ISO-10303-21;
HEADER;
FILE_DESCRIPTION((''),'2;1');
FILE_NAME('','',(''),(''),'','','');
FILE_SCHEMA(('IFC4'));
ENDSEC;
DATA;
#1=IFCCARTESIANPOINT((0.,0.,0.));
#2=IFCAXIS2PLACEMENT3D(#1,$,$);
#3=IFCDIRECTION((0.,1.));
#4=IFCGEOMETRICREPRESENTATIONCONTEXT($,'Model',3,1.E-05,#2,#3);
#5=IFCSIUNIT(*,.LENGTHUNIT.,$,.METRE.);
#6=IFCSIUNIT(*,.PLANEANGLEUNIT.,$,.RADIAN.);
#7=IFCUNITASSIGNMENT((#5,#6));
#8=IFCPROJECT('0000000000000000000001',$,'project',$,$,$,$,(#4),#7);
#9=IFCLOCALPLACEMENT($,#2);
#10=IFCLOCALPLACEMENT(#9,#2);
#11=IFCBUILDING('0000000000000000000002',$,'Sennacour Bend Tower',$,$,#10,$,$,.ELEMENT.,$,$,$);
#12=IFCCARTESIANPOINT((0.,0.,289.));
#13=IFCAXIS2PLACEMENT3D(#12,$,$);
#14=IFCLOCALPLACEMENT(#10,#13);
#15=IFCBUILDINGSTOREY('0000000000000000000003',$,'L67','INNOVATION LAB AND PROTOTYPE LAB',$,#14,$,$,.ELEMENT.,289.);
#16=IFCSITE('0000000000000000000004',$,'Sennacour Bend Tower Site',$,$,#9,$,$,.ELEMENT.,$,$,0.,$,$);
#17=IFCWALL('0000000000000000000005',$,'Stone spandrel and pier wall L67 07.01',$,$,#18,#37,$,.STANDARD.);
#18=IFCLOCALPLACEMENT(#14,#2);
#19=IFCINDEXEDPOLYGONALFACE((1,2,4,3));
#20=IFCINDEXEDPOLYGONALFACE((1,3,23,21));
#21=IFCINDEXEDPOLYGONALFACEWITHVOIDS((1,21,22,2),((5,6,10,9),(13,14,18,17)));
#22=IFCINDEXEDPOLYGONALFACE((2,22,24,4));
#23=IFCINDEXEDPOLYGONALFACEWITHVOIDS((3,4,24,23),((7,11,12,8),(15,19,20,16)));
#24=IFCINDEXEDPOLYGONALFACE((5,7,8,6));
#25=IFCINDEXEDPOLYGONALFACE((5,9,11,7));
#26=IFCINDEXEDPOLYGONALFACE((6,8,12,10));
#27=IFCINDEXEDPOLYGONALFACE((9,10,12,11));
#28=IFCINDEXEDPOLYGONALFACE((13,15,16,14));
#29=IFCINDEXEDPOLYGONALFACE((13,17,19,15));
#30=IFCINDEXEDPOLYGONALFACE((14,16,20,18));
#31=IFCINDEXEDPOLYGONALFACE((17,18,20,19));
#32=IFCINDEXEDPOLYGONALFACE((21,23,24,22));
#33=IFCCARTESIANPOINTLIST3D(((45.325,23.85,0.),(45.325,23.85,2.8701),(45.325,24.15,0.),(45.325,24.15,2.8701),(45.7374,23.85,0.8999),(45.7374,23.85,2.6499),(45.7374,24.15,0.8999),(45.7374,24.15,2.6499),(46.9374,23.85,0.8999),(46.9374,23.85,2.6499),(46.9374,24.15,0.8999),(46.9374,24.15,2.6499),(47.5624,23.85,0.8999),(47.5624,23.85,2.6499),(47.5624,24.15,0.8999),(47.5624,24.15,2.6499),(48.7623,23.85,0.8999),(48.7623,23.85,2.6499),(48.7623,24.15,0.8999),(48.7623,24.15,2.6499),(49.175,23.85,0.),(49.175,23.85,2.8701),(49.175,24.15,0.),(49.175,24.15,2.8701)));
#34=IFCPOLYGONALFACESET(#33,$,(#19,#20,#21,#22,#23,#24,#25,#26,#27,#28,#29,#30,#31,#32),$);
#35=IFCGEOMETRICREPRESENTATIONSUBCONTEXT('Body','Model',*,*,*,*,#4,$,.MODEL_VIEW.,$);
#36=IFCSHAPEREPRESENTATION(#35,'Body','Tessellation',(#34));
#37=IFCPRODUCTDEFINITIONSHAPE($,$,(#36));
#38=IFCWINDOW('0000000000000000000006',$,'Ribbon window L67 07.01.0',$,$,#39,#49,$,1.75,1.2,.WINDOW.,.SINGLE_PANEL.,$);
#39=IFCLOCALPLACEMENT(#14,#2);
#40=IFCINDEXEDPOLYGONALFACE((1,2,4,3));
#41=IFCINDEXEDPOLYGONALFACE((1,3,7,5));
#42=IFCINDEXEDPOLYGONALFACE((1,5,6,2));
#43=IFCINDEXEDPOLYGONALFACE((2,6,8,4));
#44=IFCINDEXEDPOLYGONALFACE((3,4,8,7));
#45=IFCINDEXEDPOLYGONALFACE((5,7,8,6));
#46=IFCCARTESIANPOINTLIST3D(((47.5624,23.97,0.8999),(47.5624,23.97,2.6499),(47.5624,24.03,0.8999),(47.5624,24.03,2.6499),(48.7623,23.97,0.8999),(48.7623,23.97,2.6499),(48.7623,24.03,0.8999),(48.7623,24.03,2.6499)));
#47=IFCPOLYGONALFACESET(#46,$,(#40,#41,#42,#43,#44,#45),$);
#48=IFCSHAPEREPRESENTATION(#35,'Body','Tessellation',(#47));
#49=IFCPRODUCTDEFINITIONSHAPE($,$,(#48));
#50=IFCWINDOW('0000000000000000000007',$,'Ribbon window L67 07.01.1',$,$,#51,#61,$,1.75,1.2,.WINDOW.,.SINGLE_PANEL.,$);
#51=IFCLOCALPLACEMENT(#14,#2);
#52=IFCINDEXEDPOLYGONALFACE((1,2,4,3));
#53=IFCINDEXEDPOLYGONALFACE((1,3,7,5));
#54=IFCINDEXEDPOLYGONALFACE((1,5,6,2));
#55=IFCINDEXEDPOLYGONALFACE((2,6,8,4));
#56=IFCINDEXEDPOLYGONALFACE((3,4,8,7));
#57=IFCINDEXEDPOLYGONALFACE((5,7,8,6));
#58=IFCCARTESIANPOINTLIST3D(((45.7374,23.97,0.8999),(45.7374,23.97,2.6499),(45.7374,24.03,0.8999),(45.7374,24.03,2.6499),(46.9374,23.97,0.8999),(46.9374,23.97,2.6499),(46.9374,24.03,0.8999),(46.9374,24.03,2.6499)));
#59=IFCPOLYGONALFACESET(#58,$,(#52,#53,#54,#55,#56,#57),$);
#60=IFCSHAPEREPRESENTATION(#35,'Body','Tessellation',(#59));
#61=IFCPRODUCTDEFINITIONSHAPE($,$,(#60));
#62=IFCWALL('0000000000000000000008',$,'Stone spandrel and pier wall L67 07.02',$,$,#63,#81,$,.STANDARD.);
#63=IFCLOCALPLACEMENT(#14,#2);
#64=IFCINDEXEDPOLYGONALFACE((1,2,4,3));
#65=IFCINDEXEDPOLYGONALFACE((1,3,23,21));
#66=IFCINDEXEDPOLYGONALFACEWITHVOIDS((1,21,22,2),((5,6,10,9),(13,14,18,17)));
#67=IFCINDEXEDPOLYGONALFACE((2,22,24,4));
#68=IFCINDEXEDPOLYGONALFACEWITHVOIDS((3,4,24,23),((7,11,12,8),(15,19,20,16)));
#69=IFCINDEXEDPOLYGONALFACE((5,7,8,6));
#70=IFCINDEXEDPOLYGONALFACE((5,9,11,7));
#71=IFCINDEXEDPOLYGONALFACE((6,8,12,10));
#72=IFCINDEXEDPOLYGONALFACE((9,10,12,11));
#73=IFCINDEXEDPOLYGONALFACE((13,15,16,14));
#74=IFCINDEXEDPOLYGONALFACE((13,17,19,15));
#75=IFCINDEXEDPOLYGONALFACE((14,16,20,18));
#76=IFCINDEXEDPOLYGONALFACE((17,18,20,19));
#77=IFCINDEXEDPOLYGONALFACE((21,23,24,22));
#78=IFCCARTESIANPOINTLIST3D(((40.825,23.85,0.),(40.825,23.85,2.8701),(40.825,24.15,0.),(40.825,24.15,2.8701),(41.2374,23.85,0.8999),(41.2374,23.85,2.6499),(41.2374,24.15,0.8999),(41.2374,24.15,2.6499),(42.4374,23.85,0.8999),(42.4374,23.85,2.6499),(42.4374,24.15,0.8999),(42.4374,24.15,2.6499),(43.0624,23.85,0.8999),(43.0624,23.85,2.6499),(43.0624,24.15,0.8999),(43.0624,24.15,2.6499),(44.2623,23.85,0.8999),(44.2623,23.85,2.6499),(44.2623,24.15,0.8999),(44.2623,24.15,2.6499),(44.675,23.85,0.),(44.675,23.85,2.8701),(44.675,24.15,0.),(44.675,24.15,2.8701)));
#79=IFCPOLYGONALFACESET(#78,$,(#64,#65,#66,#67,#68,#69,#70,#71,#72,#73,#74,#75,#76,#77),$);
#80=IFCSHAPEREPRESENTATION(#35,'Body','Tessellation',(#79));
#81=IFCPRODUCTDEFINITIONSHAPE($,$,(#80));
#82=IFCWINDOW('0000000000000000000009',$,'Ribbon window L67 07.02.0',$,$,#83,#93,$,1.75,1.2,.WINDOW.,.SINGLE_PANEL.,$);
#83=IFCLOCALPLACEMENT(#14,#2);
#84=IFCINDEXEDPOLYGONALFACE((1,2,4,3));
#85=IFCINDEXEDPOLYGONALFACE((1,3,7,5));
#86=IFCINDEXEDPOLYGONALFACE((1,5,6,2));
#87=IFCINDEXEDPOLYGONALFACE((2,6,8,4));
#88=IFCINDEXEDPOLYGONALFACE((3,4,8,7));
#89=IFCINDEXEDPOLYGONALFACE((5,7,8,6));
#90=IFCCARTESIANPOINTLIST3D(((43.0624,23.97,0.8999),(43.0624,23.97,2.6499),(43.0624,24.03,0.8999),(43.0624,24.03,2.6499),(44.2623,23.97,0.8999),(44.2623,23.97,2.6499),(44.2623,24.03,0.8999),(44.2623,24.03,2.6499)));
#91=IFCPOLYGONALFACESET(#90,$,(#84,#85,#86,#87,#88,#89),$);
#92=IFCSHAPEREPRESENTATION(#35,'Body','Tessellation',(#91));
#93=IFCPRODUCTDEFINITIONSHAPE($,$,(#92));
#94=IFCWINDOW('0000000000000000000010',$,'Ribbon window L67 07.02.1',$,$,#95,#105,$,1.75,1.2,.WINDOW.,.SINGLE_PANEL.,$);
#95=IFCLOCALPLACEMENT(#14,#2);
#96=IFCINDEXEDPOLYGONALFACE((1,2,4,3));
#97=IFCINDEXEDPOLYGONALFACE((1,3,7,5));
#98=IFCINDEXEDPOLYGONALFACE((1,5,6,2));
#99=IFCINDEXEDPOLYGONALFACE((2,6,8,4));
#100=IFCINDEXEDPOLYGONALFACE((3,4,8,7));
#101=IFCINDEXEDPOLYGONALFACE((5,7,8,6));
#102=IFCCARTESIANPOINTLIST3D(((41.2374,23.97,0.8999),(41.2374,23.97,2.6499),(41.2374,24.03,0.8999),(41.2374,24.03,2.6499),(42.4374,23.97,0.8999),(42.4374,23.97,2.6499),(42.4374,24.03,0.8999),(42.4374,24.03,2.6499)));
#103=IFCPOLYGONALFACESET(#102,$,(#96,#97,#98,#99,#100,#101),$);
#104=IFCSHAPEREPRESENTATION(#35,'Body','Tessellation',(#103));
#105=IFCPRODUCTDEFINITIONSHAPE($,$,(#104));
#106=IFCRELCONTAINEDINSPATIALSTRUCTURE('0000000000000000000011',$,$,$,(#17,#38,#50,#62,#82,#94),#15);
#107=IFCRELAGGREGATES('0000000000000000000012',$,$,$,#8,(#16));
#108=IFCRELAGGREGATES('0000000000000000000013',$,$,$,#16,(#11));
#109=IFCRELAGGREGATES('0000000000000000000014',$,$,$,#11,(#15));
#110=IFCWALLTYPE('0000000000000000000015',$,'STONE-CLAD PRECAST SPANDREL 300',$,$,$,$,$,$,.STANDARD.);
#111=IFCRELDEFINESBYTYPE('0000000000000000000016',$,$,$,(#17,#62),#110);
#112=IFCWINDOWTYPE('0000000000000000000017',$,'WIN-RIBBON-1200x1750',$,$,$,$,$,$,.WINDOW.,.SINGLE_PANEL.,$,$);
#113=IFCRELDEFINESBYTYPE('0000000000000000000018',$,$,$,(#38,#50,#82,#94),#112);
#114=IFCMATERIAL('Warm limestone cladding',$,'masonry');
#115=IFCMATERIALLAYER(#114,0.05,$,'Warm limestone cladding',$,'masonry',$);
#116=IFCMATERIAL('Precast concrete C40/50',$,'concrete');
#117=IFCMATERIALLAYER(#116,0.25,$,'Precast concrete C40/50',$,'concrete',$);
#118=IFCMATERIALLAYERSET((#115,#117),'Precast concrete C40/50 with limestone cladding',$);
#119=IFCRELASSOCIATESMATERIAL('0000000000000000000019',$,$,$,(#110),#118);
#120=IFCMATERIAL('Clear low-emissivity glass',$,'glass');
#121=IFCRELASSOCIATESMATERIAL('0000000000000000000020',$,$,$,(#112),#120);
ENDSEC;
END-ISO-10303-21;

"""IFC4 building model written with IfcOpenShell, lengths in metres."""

from ifc_helpers import new_model, si_unit, direction, frame, frame_2d, origin, place, context, subcontext, project, spatial, rectangle, extrude, material, layer, layer_set, type_object, element, fill, save


model = new_model("IFC4")

# Units and contexts
model_context = context("Model", 3, precision=1e-05, world=origin(), true_north=direction((0.0, 1.0)))
body_context = subcontext(model_context, "Body", "Model", "MODEL_VIEW")
ifc_project = project(units=[si_unit("LENGTHUNIT", "METRE"), si_unit("PLANEANGLEUNIT", "RADIAN")], contexts=[model_context])

# Site, building, storey
site_placement = place(None, origin())
site = spatial("IfcSite", under=ifc_project, at=site_placement, Name="Sennacour Bend Tower Site", CompositionType="ELEMENT", RefElevation=0.0)
building_placement = place(site_placement, origin())
building = spatial("IfcBuilding", under=site, at=building_placement, Name="Sennacour Bend Tower", CompositionType="ELEMENT")
storey_placement = place(building_placement, frame((0.0, 0.0, 289.0)))
storey = spatial("IfcBuildingStorey", under=building, at=storey_placement, Name="L67", Description="INNOVATION LAB AND PROTOTYPE LAB", CompositionType="ELEMENT", Elevation=289.0)

# Shared definitions
ifc_material_1 = material(Name="Warm limestone cladding", Category="masonry")
ifc_layer_1 = layer(ifc_material_1, 0.05, Name="Warm limestone cladding", Category="masonry")
ifc_material_2 = material(Name="Precast concrete C40/50", Category="concrete")
ifc_layer_2 = layer(ifc_material_2, 0.25, Name="Precast concrete C40/50", Category="concrete")
ifc_layer_set_1 = layer_set([ifc_layer_1, ifc_layer_2], Name="Precast concrete C40/50 with limestone cladding")
wall_type_1 = type_object("IfcWallType", Name="STONE-CLAD PRECAST SPANDREL 300", PredefinedType="STANDARD", material=ifc_layer_set_1)

# Walls, openings, windows
ifc_material_3 = material(Name="Clear low-emissivity glass", Category="glass")
window_type = type_object("IfcWindowType", Name="WIN-RIBBON-1200x1750", PartitioningType="SINGLE_PANEL", PredefinedType="WINDOW", material=ifc_material_3)
wall_1_placement = place(storey_placement, frame((49.175, 24.0, 0.0), z_axis=(0.0, 0.0, 1.0), x_axis=(-1.0, 0.0, 0.0)))
wall_1 = element("IfcWall", 1, at=wall_1_placement, inside=storey, type_object=wall_type_1, Name="Stone spandrel and pier wall L67 07.01", PredefinedType="STANDARD", context=body_context, shape_type="SweptSolid", body=[
    extrude(rectangle(XDim=3.8501, YDim=0.3, at=frame_2d((1.925, 0.0))), origin(), (0.0, 0.0, 1.0), 2.8701),
])
opening_1_placement = place(wall_1_placement, frame((0.4126, 0.0, 0.8999)))
opening_1 = element("IfcOpeningElement", 2, at=opening_1_placement, cuts=wall_1, PredefinedType="OPENING", context=body_context, shape_type="SweptSolid", body=[
    extrude(rectangle(XDim=1.2, YDim=1.75, at=frame_2d((0.6001, 0.875))), frame((0.0, 0.1602, 0.0), z_axis=(0.0, -1.0, 0.0), x_axis=(1.0, 0.0, 0.0)), (0.0, 0.0, 1.0), 0.3201),
])
opening_2_placement = place(wall_1_placement, frame((2.2375, 0.0, 0.8999)))
opening_2 = element("IfcOpeningElement", 3, at=opening_2_placement, cuts=wall_1, PredefinedType="OPENING", context=body_context, shape_type="SweptSolid", body=[
    extrude(rectangle(XDim=1.2, YDim=1.75, at=frame_2d((0.6001, 0.875))), frame((0.0, 0.1602, 0.0), z_axis=(0.0, -1.0, 0.0), x_axis=(1.0, 0.0, 0.0)), (0.0, 0.0, 1.0), 0.3201),
])
window_1_placement = place(opening_1_placement, origin())
window_1 = element("IfcWindow", 4, at=window_1_placement, inside=storey, type_object=window_type, Name="Ribbon window L67 07.01.0", OverallHeight=1.75, OverallWidth=1.2, PartitioningType="SINGLE_PANEL", PredefinedType="WINDOW", context=body_context, shape_type="SweptSolid", body=[
    extrude(rectangle(XDim=1.2, YDim=1.75, at=frame_2d((0.6001, 0.875))), frame((0.0, 0.03, 0.0), z_axis=(0.0, -1.0, 0.0), x_axis=(1.0, 0.0, 0.0)), (0.0, 0.0, 1.0), 0.0601),
])
fill(opening_1, window_1)
window_2_placement = place(opening_2_placement, origin())
window_2 = element("IfcWindow", 5, at=window_2_placement, inside=storey, type_object=window_type, Name="Ribbon window L67 07.01.1", OverallHeight=1.75, OverallWidth=1.2, PartitioningType="SINGLE_PANEL", PredefinedType="WINDOW", context=body_context, shape_type="SweptSolid", body=[
    extrude(rectangle(XDim=1.2, YDim=1.75, at=frame_2d((0.6001, 0.875))), frame((0.0, 0.03, 0.0), z_axis=(0.0, -1.0, 0.0), x_axis=(1.0, 0.0, 0.0)), (0.0, 0.0, 1.0), 0.0601),
])
fill(opening_2, window_2)
wall_2_placement = place(storey_placement, frame((44.675, 24.0, 0.0), z_axis=(0.0, 0.0, 1.0), x_axis=(-1.0, 0.0, 0.0)))
wall_2 = element("IfcWall", 6, at=wall_2_placement, inside=storey, type_object=wall_type_1, Name="Stone spandrel and pier wall L67 07.02", PredefinedType="STANDARD", context=body_context, shape_type="SweptSolid", body=[
    extrude(rectangle(XDim=3.8501, YDim=0.3, at=frame_2d((1.925, 0.0))), origin(), (0.0, 0.0, 1.0), 2.8701),
])
opening_3_placement = place(wall_2_placement, frame((0.4126, 0.0, 0.8999)))
opening_3 = element("IfcOpeningElement", 7, at=opening_3_placement, cuts=wall_2, PredefinedType="OPENING", context=body_context, shape_type="SweptSolid", body=[
    extrude(rectangle(XDim=1.2, YDim=1.75, at=frame_2d((0.6001, 0.875))), frame((0.0, 0.1602, 0.0), z_axis=(0.0, -1.0, 0.0), x_axis=(1.0, 0.0, 0.0)), (0.0, 0.0, 1.0), 0.3201),
])
opening_4_placement = place(wall_2_placement, frame((2.2375, 0.0, 0.8999)))
opening_4 = element("IfcOpeningElement", 8, at=opening_4_placement, cuts=wall_2, PredefinedType="OPENING", context=body_context, shape_type="SweptSolid", body=[
    extrude(rectangle(XDim=1.2, YDim=1.75, at=frame_2d((0.6001, 0.875))), frame((0.0, 0.1602, 0.0), z_axis=(0.0, -1.0, 0.0), x_axis=(1.0, 0.0, 0.0)), (0.0, 0.0, 1.0), 0.3201),
])
window_3_placement = place(opening_3_placement, origin())
window_3 = element("IfcWindow", 9, at=window_3_placement, inside=storey, type_object=window_type, Name="Ribbon window L67 07.02.0", OverallHeight=1.75, OverallWidth=1.2, PartitioningType="SINGLE_PANEL", PredefinedType="WINDOW", context=body_context, shape_type="SweptSolid", body=[
    extrude(rectangle(XDim=1.2, YDim=1.75, at=frame_2d((0.6001, 0.875))), frame((0.0, 0.03, 0.0), z_axis=(0.0, -1.0, 0.0), x_axis=(1.0, 0.0, 0.0)), (0.0, 0.0, 1.0), 0.0601),
])
fill(opening_3, window_3)
window_4_placement = place(opening_4_placement, origin())
window_4 = element("IfcWindow", 10, at=window_4_placement, inside=storey, type_object=window_type, Name="Ribbon window L67 07.02.1", OverallHeight=1.75, OverallWidth=1.2, PartitioningType="SINGLE_PANEL", PredefinedType="WINDOW", context=body_context, shape_type="SweptSolid", body=[
    extrude(rectangle(XDim=1.2, YDim=1.75, at=frame_2d((0.6001, 0.875))), frame((0.0, 0.03, 0.0), z_axis=(0.0, -1.0, 0.0), x_axis=(1.0, 0.0, 0.0)), (0.0, 0.0, 1.0), 0.0601),
])
fill(opening_4, window_4)

save(model, "model.ifc")
